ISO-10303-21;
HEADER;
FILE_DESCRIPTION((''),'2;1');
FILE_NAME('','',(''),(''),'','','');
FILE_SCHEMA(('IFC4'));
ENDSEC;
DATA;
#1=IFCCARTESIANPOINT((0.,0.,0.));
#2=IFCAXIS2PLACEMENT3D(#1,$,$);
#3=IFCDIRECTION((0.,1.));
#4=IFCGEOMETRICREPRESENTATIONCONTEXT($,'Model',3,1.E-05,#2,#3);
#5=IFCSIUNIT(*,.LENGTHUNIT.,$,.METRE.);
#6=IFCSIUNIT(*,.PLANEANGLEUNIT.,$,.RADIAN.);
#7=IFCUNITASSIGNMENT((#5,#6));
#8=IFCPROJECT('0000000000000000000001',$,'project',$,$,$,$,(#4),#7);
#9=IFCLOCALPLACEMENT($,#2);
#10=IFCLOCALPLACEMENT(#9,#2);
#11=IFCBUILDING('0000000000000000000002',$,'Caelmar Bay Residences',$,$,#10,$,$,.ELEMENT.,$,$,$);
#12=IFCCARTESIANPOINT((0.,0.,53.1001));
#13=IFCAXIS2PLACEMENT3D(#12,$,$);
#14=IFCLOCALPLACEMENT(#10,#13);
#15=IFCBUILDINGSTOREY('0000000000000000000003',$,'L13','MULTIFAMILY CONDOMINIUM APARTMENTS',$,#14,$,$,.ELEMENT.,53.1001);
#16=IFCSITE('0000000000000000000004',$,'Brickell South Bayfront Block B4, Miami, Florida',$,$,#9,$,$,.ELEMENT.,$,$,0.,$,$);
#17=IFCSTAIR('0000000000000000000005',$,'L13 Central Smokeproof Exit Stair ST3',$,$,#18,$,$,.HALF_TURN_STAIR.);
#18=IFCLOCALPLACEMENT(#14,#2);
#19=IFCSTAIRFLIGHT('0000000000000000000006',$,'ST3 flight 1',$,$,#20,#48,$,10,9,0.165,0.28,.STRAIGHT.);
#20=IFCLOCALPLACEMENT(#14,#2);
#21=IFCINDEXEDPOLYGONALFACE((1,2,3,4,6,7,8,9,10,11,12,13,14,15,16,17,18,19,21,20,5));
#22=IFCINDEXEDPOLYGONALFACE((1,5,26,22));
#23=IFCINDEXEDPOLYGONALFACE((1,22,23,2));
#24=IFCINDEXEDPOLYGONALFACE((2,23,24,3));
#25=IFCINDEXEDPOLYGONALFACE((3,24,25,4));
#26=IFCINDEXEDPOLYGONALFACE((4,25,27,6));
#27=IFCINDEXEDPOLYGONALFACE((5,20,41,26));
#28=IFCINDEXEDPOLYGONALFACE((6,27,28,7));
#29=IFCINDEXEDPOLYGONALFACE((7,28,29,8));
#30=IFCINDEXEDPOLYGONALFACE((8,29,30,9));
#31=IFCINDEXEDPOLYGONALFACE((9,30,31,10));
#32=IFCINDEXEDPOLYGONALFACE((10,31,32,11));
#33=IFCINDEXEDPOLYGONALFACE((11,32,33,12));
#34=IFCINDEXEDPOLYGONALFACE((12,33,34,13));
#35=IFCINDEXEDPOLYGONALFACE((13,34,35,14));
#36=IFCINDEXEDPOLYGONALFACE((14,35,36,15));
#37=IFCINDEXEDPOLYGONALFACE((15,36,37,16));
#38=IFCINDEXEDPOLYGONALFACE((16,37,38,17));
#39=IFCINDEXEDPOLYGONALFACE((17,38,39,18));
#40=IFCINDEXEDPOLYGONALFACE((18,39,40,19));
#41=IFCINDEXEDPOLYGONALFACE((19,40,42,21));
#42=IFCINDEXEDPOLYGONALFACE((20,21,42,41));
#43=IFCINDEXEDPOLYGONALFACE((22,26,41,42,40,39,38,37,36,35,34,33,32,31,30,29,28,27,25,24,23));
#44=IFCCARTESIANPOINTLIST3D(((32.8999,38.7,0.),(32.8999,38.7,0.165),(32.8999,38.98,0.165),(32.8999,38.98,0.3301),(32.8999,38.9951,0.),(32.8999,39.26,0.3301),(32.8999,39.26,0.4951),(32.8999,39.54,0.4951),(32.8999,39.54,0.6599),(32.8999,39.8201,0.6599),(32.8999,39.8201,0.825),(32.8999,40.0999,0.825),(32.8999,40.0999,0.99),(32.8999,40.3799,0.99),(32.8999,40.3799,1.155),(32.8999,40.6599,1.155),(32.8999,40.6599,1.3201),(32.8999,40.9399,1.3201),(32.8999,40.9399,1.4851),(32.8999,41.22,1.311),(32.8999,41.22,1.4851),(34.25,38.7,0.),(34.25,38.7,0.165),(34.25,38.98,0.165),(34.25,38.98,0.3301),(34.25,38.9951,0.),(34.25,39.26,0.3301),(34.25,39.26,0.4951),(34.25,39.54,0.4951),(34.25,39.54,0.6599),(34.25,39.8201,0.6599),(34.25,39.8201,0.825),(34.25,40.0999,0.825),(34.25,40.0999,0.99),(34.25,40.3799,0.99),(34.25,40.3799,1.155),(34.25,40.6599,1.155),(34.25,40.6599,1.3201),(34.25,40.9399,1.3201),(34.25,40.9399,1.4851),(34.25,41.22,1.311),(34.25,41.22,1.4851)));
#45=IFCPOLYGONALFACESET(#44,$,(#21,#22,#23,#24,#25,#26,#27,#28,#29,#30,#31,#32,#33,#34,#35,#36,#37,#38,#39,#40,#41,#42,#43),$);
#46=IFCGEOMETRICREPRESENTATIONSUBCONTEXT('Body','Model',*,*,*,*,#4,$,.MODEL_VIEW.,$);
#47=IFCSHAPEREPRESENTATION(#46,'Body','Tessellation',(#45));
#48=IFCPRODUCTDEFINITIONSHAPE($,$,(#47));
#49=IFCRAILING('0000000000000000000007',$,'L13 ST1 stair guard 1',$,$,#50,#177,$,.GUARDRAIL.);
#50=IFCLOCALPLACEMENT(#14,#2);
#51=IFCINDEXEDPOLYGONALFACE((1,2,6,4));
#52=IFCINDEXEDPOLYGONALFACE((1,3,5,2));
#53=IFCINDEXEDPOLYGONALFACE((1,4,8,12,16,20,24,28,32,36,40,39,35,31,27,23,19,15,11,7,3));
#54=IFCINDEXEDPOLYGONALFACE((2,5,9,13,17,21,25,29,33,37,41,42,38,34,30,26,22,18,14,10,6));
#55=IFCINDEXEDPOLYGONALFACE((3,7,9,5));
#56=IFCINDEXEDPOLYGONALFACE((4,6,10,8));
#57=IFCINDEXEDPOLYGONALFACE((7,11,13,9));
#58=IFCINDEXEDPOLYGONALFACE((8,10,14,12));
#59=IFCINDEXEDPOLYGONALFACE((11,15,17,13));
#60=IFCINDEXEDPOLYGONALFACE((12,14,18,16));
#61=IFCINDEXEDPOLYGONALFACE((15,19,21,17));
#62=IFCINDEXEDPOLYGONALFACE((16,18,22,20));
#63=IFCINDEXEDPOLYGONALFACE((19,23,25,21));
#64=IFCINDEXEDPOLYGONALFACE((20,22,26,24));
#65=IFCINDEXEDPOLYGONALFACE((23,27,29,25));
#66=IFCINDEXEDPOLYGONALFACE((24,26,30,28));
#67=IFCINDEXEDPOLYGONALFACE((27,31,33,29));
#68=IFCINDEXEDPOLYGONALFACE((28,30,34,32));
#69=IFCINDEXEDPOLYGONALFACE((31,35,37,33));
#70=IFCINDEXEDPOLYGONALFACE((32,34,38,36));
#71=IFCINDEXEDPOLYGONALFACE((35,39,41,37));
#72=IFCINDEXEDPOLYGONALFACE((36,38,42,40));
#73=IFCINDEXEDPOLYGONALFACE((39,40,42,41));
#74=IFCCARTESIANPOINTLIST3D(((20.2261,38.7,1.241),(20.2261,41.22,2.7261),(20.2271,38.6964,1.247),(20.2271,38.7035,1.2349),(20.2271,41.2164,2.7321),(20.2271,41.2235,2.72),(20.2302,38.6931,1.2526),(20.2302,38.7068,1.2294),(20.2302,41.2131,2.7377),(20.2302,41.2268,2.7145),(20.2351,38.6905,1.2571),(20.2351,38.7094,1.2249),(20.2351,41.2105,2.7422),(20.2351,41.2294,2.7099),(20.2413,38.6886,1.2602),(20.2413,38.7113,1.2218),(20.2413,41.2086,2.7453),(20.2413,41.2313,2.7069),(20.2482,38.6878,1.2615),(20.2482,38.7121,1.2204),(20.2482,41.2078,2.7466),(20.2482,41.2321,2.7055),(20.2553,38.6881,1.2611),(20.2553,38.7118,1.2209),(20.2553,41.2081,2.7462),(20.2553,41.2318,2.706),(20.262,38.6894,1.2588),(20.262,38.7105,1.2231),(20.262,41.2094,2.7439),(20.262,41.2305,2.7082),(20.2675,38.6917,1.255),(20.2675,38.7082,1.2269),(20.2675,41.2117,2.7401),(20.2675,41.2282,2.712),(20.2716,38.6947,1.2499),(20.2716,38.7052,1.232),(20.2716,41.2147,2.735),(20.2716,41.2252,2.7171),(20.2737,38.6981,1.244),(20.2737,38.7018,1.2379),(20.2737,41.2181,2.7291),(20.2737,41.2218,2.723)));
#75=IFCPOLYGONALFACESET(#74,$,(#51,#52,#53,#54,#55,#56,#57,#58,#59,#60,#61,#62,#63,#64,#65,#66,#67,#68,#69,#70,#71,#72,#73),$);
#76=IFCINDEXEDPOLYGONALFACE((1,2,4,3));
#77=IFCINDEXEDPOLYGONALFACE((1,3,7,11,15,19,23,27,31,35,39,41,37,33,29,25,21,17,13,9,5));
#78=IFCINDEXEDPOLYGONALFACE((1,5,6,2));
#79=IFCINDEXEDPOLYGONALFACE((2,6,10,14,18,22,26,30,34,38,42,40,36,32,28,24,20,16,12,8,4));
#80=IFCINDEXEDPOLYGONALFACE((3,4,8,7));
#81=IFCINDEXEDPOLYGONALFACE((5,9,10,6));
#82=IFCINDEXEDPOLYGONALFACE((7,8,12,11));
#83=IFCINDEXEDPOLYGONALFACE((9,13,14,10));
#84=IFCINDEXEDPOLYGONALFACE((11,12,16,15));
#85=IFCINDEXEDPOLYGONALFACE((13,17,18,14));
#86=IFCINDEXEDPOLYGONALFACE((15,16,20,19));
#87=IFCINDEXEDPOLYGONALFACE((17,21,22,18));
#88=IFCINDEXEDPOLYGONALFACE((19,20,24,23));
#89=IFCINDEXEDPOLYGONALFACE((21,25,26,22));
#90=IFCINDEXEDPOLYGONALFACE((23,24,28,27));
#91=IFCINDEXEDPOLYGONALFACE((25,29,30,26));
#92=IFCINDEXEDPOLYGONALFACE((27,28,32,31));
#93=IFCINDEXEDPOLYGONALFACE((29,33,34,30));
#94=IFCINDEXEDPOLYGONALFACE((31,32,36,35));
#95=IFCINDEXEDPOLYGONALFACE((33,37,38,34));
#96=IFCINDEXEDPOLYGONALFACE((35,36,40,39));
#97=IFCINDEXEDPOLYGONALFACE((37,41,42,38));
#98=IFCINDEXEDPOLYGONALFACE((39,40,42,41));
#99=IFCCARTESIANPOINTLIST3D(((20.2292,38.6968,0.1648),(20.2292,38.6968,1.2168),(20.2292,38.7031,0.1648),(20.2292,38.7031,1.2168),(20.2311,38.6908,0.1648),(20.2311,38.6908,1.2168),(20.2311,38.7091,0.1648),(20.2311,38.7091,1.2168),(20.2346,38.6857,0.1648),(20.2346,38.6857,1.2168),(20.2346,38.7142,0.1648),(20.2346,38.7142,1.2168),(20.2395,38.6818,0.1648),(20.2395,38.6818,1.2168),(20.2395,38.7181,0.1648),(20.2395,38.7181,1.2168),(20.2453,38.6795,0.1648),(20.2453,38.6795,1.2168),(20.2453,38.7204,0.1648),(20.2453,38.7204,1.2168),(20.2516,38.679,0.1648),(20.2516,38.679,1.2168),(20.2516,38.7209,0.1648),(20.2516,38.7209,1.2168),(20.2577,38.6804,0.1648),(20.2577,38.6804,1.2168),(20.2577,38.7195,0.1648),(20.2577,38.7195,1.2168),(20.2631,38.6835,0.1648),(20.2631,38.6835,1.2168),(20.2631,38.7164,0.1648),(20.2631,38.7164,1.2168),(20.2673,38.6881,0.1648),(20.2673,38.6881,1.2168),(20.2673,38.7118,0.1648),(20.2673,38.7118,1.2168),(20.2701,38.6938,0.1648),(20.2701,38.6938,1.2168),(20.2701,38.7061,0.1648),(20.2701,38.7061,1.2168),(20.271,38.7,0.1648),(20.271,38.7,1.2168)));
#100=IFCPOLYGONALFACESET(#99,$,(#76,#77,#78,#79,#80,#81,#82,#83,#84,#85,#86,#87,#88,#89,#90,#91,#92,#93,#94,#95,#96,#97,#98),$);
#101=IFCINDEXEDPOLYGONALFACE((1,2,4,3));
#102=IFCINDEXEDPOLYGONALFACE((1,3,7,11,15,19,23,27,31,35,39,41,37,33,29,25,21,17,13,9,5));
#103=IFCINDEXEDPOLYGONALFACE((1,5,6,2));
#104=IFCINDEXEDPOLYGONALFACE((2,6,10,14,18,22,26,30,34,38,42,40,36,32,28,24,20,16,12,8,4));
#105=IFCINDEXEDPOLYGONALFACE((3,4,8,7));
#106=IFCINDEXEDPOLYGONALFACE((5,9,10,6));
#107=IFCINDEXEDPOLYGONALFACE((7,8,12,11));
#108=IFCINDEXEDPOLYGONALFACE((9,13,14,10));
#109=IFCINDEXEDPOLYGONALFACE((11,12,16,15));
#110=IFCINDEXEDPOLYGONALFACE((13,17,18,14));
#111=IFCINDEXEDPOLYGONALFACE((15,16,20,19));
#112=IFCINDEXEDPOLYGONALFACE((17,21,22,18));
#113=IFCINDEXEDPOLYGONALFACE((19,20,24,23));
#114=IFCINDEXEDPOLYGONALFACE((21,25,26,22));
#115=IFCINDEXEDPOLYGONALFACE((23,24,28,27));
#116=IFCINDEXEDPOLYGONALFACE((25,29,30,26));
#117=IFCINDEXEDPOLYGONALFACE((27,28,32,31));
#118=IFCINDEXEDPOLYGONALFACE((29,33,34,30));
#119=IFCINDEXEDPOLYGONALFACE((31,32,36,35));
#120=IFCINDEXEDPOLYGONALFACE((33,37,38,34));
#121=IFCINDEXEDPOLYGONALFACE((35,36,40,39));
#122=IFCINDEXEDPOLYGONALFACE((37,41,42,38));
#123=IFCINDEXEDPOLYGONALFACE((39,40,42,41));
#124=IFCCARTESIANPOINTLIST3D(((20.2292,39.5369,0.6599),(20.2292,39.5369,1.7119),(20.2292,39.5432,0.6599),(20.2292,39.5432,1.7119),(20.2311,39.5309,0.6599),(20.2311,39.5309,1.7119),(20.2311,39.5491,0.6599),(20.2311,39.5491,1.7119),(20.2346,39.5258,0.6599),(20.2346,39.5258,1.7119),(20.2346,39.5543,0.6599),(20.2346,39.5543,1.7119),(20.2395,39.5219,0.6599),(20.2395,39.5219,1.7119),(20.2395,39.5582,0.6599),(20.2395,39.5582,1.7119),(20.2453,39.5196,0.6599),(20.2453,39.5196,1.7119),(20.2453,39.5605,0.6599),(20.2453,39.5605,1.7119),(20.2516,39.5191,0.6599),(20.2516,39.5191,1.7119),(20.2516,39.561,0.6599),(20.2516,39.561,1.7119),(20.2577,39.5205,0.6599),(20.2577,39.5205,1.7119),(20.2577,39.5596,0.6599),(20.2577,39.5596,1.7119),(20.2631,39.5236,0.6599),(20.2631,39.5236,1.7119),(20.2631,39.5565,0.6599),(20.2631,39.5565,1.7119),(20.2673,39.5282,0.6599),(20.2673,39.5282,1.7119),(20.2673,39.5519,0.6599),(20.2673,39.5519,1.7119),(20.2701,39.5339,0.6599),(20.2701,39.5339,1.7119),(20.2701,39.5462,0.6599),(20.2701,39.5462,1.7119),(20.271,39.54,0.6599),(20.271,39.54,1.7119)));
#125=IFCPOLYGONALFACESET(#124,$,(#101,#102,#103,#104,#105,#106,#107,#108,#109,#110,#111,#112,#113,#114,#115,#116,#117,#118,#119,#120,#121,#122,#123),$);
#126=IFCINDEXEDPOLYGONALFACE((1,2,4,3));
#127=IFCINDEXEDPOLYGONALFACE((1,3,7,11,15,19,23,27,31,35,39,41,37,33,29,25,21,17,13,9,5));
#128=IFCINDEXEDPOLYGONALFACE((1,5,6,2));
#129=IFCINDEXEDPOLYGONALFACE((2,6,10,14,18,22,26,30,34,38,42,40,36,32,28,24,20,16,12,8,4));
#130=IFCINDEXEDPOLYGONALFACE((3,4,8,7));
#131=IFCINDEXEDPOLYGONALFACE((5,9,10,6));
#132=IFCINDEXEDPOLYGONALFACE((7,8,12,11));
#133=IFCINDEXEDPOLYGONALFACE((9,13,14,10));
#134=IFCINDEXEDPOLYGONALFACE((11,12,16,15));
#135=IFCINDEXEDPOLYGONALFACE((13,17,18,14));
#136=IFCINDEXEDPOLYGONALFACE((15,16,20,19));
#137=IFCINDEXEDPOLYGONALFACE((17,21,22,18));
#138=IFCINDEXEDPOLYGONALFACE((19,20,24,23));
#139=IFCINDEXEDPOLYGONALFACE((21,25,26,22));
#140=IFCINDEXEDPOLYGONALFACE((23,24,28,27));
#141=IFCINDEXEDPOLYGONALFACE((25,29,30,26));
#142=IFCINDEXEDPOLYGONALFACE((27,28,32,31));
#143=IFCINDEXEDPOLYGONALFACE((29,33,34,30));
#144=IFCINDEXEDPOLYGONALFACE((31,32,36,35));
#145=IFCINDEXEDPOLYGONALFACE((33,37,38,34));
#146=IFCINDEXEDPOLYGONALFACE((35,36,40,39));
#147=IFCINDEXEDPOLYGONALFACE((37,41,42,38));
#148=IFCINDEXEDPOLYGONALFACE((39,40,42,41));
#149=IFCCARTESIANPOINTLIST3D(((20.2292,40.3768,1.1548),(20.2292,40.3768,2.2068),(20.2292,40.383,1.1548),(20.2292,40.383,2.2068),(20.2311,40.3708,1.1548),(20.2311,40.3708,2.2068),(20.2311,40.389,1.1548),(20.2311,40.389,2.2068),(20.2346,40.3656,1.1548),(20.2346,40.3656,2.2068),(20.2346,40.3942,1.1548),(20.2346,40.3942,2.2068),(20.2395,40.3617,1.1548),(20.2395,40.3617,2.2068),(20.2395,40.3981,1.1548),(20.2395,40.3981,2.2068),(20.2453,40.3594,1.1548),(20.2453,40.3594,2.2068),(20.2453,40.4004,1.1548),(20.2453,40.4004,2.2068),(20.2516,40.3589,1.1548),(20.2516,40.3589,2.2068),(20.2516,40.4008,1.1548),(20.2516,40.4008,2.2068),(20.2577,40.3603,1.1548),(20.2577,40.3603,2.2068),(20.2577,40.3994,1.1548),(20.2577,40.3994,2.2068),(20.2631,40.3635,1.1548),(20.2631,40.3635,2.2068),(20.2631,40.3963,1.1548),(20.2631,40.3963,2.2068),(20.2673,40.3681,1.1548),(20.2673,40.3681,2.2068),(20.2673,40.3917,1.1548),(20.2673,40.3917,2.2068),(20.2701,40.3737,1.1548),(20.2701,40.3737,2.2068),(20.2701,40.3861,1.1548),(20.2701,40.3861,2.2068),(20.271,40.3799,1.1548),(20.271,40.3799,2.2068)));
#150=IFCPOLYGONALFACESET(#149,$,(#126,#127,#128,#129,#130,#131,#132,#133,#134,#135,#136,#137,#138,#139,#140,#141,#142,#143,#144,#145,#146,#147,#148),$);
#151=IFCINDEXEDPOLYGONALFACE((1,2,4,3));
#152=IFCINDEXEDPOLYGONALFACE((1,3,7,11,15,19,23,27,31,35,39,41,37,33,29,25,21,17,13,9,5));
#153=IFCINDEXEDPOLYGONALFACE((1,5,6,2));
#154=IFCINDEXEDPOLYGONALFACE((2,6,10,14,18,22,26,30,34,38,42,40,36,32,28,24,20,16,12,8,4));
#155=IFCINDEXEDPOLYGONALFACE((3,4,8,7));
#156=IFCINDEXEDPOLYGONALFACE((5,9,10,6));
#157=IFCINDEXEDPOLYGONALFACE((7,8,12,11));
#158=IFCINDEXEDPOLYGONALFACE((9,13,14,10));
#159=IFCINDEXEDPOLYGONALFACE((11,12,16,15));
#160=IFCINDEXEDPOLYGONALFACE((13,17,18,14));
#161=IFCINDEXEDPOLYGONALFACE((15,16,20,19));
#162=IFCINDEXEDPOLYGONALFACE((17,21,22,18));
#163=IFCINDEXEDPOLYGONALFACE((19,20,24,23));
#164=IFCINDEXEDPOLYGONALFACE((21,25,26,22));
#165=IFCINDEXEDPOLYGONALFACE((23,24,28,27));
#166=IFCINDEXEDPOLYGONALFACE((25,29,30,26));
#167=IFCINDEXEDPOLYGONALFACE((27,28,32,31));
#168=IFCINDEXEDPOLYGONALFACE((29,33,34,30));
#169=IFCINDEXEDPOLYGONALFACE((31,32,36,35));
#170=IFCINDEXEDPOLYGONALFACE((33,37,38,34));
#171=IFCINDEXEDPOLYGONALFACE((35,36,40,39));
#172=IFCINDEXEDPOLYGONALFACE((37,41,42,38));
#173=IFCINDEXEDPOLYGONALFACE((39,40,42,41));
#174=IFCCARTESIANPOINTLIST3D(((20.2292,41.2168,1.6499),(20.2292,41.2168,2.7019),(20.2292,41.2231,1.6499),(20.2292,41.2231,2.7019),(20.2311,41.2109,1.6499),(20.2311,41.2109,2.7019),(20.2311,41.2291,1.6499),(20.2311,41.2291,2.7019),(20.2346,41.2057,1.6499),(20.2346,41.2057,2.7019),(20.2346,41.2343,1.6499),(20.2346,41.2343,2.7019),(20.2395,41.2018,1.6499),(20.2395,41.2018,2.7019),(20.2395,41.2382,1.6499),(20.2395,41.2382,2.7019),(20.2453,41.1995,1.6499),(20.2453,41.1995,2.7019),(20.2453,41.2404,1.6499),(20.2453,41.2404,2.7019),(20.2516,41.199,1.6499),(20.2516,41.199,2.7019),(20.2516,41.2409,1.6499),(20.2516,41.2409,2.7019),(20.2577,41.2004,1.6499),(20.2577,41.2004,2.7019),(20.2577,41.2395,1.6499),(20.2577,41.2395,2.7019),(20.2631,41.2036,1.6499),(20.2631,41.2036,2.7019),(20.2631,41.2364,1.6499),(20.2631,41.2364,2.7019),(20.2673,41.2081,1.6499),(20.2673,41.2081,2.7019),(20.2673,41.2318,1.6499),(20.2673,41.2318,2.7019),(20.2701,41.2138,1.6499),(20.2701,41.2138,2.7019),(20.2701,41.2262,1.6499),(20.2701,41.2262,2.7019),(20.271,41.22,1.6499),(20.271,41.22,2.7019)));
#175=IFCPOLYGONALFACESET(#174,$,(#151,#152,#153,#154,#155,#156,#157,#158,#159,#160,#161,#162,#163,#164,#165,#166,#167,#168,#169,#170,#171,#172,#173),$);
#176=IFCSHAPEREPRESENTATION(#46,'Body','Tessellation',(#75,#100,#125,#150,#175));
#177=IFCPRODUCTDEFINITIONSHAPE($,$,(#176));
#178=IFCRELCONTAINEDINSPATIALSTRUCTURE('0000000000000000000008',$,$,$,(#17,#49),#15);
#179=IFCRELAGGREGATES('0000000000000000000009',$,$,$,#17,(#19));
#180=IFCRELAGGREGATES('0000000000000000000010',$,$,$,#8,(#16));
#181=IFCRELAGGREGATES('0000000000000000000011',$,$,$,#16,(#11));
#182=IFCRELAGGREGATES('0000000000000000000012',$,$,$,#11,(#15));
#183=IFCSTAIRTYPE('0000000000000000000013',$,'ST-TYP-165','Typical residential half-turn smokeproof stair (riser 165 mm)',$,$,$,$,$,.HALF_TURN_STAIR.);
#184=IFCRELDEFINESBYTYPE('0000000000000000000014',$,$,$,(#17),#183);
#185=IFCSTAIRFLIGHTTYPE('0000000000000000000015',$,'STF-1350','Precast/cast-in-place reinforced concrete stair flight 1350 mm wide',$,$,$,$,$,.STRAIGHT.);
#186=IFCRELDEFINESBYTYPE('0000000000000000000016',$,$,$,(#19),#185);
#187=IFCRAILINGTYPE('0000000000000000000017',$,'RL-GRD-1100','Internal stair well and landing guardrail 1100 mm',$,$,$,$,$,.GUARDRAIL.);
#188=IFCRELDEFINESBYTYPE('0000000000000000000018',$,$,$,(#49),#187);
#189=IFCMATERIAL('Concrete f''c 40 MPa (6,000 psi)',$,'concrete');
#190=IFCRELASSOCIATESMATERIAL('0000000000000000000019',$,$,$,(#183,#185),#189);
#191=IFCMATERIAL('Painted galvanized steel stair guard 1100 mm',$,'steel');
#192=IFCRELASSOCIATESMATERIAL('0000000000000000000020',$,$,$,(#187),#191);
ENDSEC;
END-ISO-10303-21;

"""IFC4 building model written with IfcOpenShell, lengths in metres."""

from ifc_helpers import new_model, si_unit, direction, frame, origin, origin_2d, place, context, subcontext, project, spatial, polyline, circle, outline, extrude, material, type_object, element, aggregate, save


model = new_model("IFC4")

# Units and contexts
model_context = context("Model", 3, precision=1e-05, world=origin(), true_north=direction((0.0, 1.0)))
body_context = subcontext(model_context, "Body", "Model", "MODEL_VIEW")
ifc_project = project(units=[si_unit("LENGTHUNIT", "METRE"), si_unit("PLANEANGLEUNIT", "RADIAN")], contexts=[model_context])

# Site, building, storey
site_placement = place(None, origin())
site = spatial("IfcSite", under=ifc_project, at=site_placement, Name="Brickell South Bayfront Block B4, Miami, Florida", CompositionType="ELEMENT", RefElevation=0.0)
building_placement = place(site_placement, origin())
building = spatial("IfcBuilding", under=site, at=building_placement, Name="Caelmar Bay Residences", CompositionType="ELEMENT")
storey_placement = place(building_placement, frame((0.0, 0.0, 53.1001)))
storey = spatial("IfcBuildingStorey", under=building, at=storey_placement, Name="L13", Description="MULTIFAMILY CONDOMINIUM APARTMENTS", CompositionType="ELEMENT", Elevation=53.1001)

# Stair, stair flight
ifc_material_1 = material(Name="Concrete f'c 40 MPa (6,000 psi)", Category="concrete")
stair_type = type_object("IfcStairType", Name="ST-TYP-165", Description="Typical residential half-turn smokeproof stair (riser 165 mm)", PredefinedType="HALF_TURN_STAIR", material=ifc_material_1)
stair_flight_type = type_object("IfcStairFlightType", Name="STF-1350", Description="Precast/cast-in-place reinforced concrete stair flight 1350 mm wide", PredefinedType="STRAIGHT", material=ifc_material_1)
stair_1_placement = place(storey_placement, origin())
stair_1 = element("IfcStair", 1, at=stair_1_placement, inside=storey, type_object=stair_type, Name="L13 Central Smokeproof Exit Stair ST3", PredefinedType="HALF_TURN_STAIR")
stair_flight_1_placement = place(storey_placement, frame((33.575, 38.7, 0.0), z_axis=(0.0, 0.0, 1.0), x_axis=(0.0, 1.0, 0.0)))
stair_flight_1 = element("IfcStairFlight", 2, at=stair_flight_1_placement, type_object=stair_flight_type, Name="ST3 flight 1", NumberOfRisers=10, NumberOfTreads=9, PredefinedType="STRAIGHT", RiserHeight=0.165, TreadLength=0.28, context=body_context, shape_type="SweptSolid", body=[
    extrude(outline(polyline([(0.0, 0.0), (0.0, 0.165), (0.28, 0.165), (0.28, 0.3301), (0.5601, 0.3301), (0.5601, 0.4951), (0.8401, 0.4951), (0.8401, 0.6599), (1.1201, 0.6599), (1.1201, 0.825), (1.3999, 0.825), (1.3999, 0.99), (1.6799, 0.99), (1.6799, 1.155), (1.96, 1.155), (1.96, 1.3201), (2.24, 1.3201), (2.24, 1.4851), (2.52, 1.4851), (2.52, 1.6499), (2.52, 1.311), (0.2952, 0.0), (0.0, 0.0)])), frame((0.0, 0.675, 0.0), z_axis=(0.0, -1.0, 0.0), x_axis=(1.0, 0.0, 0.0)), (0.0, 0.0, 1.0), 1.3501),
])
aggregate(stair_1, [stair_flight_1])

# Railing
ifc_material_2 = material(Name="Painted galvanized steel stair guard 1100 mm", Category="steel")
railing_type_1 = type_object("IfcRailingType", Name="RL-GRD-1100", Description="Internal stair well and landing guardrail 1100 mm", PredefinedType="GUARDRAIL", material=ifc_material_2)
railing_1_placement = place(storey_placement, frame((20.25, 38.7, 0.1648)))
element("IfcRailing", 3, at=railing_1_placement, inside=storey, type_object=railing_type_1, Name="L13 ST1 stair guard 1", PredefinedType="GUARDRAIL", context=body_context, shape_type="SweptSolid", body=[
    extrude(circle(Radius=0.0239, at=origin_2d()), frame((0.0, 0.0, 1.0762), z_axis=(0.0, 0.861524, 0.507717), x_axis=(-1.0, 0.0, 0.0)), (0.0, 0.0, 1.0), 2.925),
    extrude(circle(Radius=0.021, at=origin_2d()), origin(), (0.0, 0.0, 1.0), 1.052),
    extrude(circle(Radius=0.021, at=origin_2d()), frame((0.0, 0.8401, 0.4951)), (0.0, 0.0, 1.0), 1.052),
    extrude(circle(Radius=0.021, at=origin_2d()), frame((0.0, 1.6799, 0.99)), (0.0, 0.0, 1.0), 1.052),
    extrude(circle(Radius=0.021, at=origin_2d()), frame((0.0, 2.52, 1.4851)), (0.0, 0.0, 1.0), 1.052),
])

save(model, "model.ifc")
